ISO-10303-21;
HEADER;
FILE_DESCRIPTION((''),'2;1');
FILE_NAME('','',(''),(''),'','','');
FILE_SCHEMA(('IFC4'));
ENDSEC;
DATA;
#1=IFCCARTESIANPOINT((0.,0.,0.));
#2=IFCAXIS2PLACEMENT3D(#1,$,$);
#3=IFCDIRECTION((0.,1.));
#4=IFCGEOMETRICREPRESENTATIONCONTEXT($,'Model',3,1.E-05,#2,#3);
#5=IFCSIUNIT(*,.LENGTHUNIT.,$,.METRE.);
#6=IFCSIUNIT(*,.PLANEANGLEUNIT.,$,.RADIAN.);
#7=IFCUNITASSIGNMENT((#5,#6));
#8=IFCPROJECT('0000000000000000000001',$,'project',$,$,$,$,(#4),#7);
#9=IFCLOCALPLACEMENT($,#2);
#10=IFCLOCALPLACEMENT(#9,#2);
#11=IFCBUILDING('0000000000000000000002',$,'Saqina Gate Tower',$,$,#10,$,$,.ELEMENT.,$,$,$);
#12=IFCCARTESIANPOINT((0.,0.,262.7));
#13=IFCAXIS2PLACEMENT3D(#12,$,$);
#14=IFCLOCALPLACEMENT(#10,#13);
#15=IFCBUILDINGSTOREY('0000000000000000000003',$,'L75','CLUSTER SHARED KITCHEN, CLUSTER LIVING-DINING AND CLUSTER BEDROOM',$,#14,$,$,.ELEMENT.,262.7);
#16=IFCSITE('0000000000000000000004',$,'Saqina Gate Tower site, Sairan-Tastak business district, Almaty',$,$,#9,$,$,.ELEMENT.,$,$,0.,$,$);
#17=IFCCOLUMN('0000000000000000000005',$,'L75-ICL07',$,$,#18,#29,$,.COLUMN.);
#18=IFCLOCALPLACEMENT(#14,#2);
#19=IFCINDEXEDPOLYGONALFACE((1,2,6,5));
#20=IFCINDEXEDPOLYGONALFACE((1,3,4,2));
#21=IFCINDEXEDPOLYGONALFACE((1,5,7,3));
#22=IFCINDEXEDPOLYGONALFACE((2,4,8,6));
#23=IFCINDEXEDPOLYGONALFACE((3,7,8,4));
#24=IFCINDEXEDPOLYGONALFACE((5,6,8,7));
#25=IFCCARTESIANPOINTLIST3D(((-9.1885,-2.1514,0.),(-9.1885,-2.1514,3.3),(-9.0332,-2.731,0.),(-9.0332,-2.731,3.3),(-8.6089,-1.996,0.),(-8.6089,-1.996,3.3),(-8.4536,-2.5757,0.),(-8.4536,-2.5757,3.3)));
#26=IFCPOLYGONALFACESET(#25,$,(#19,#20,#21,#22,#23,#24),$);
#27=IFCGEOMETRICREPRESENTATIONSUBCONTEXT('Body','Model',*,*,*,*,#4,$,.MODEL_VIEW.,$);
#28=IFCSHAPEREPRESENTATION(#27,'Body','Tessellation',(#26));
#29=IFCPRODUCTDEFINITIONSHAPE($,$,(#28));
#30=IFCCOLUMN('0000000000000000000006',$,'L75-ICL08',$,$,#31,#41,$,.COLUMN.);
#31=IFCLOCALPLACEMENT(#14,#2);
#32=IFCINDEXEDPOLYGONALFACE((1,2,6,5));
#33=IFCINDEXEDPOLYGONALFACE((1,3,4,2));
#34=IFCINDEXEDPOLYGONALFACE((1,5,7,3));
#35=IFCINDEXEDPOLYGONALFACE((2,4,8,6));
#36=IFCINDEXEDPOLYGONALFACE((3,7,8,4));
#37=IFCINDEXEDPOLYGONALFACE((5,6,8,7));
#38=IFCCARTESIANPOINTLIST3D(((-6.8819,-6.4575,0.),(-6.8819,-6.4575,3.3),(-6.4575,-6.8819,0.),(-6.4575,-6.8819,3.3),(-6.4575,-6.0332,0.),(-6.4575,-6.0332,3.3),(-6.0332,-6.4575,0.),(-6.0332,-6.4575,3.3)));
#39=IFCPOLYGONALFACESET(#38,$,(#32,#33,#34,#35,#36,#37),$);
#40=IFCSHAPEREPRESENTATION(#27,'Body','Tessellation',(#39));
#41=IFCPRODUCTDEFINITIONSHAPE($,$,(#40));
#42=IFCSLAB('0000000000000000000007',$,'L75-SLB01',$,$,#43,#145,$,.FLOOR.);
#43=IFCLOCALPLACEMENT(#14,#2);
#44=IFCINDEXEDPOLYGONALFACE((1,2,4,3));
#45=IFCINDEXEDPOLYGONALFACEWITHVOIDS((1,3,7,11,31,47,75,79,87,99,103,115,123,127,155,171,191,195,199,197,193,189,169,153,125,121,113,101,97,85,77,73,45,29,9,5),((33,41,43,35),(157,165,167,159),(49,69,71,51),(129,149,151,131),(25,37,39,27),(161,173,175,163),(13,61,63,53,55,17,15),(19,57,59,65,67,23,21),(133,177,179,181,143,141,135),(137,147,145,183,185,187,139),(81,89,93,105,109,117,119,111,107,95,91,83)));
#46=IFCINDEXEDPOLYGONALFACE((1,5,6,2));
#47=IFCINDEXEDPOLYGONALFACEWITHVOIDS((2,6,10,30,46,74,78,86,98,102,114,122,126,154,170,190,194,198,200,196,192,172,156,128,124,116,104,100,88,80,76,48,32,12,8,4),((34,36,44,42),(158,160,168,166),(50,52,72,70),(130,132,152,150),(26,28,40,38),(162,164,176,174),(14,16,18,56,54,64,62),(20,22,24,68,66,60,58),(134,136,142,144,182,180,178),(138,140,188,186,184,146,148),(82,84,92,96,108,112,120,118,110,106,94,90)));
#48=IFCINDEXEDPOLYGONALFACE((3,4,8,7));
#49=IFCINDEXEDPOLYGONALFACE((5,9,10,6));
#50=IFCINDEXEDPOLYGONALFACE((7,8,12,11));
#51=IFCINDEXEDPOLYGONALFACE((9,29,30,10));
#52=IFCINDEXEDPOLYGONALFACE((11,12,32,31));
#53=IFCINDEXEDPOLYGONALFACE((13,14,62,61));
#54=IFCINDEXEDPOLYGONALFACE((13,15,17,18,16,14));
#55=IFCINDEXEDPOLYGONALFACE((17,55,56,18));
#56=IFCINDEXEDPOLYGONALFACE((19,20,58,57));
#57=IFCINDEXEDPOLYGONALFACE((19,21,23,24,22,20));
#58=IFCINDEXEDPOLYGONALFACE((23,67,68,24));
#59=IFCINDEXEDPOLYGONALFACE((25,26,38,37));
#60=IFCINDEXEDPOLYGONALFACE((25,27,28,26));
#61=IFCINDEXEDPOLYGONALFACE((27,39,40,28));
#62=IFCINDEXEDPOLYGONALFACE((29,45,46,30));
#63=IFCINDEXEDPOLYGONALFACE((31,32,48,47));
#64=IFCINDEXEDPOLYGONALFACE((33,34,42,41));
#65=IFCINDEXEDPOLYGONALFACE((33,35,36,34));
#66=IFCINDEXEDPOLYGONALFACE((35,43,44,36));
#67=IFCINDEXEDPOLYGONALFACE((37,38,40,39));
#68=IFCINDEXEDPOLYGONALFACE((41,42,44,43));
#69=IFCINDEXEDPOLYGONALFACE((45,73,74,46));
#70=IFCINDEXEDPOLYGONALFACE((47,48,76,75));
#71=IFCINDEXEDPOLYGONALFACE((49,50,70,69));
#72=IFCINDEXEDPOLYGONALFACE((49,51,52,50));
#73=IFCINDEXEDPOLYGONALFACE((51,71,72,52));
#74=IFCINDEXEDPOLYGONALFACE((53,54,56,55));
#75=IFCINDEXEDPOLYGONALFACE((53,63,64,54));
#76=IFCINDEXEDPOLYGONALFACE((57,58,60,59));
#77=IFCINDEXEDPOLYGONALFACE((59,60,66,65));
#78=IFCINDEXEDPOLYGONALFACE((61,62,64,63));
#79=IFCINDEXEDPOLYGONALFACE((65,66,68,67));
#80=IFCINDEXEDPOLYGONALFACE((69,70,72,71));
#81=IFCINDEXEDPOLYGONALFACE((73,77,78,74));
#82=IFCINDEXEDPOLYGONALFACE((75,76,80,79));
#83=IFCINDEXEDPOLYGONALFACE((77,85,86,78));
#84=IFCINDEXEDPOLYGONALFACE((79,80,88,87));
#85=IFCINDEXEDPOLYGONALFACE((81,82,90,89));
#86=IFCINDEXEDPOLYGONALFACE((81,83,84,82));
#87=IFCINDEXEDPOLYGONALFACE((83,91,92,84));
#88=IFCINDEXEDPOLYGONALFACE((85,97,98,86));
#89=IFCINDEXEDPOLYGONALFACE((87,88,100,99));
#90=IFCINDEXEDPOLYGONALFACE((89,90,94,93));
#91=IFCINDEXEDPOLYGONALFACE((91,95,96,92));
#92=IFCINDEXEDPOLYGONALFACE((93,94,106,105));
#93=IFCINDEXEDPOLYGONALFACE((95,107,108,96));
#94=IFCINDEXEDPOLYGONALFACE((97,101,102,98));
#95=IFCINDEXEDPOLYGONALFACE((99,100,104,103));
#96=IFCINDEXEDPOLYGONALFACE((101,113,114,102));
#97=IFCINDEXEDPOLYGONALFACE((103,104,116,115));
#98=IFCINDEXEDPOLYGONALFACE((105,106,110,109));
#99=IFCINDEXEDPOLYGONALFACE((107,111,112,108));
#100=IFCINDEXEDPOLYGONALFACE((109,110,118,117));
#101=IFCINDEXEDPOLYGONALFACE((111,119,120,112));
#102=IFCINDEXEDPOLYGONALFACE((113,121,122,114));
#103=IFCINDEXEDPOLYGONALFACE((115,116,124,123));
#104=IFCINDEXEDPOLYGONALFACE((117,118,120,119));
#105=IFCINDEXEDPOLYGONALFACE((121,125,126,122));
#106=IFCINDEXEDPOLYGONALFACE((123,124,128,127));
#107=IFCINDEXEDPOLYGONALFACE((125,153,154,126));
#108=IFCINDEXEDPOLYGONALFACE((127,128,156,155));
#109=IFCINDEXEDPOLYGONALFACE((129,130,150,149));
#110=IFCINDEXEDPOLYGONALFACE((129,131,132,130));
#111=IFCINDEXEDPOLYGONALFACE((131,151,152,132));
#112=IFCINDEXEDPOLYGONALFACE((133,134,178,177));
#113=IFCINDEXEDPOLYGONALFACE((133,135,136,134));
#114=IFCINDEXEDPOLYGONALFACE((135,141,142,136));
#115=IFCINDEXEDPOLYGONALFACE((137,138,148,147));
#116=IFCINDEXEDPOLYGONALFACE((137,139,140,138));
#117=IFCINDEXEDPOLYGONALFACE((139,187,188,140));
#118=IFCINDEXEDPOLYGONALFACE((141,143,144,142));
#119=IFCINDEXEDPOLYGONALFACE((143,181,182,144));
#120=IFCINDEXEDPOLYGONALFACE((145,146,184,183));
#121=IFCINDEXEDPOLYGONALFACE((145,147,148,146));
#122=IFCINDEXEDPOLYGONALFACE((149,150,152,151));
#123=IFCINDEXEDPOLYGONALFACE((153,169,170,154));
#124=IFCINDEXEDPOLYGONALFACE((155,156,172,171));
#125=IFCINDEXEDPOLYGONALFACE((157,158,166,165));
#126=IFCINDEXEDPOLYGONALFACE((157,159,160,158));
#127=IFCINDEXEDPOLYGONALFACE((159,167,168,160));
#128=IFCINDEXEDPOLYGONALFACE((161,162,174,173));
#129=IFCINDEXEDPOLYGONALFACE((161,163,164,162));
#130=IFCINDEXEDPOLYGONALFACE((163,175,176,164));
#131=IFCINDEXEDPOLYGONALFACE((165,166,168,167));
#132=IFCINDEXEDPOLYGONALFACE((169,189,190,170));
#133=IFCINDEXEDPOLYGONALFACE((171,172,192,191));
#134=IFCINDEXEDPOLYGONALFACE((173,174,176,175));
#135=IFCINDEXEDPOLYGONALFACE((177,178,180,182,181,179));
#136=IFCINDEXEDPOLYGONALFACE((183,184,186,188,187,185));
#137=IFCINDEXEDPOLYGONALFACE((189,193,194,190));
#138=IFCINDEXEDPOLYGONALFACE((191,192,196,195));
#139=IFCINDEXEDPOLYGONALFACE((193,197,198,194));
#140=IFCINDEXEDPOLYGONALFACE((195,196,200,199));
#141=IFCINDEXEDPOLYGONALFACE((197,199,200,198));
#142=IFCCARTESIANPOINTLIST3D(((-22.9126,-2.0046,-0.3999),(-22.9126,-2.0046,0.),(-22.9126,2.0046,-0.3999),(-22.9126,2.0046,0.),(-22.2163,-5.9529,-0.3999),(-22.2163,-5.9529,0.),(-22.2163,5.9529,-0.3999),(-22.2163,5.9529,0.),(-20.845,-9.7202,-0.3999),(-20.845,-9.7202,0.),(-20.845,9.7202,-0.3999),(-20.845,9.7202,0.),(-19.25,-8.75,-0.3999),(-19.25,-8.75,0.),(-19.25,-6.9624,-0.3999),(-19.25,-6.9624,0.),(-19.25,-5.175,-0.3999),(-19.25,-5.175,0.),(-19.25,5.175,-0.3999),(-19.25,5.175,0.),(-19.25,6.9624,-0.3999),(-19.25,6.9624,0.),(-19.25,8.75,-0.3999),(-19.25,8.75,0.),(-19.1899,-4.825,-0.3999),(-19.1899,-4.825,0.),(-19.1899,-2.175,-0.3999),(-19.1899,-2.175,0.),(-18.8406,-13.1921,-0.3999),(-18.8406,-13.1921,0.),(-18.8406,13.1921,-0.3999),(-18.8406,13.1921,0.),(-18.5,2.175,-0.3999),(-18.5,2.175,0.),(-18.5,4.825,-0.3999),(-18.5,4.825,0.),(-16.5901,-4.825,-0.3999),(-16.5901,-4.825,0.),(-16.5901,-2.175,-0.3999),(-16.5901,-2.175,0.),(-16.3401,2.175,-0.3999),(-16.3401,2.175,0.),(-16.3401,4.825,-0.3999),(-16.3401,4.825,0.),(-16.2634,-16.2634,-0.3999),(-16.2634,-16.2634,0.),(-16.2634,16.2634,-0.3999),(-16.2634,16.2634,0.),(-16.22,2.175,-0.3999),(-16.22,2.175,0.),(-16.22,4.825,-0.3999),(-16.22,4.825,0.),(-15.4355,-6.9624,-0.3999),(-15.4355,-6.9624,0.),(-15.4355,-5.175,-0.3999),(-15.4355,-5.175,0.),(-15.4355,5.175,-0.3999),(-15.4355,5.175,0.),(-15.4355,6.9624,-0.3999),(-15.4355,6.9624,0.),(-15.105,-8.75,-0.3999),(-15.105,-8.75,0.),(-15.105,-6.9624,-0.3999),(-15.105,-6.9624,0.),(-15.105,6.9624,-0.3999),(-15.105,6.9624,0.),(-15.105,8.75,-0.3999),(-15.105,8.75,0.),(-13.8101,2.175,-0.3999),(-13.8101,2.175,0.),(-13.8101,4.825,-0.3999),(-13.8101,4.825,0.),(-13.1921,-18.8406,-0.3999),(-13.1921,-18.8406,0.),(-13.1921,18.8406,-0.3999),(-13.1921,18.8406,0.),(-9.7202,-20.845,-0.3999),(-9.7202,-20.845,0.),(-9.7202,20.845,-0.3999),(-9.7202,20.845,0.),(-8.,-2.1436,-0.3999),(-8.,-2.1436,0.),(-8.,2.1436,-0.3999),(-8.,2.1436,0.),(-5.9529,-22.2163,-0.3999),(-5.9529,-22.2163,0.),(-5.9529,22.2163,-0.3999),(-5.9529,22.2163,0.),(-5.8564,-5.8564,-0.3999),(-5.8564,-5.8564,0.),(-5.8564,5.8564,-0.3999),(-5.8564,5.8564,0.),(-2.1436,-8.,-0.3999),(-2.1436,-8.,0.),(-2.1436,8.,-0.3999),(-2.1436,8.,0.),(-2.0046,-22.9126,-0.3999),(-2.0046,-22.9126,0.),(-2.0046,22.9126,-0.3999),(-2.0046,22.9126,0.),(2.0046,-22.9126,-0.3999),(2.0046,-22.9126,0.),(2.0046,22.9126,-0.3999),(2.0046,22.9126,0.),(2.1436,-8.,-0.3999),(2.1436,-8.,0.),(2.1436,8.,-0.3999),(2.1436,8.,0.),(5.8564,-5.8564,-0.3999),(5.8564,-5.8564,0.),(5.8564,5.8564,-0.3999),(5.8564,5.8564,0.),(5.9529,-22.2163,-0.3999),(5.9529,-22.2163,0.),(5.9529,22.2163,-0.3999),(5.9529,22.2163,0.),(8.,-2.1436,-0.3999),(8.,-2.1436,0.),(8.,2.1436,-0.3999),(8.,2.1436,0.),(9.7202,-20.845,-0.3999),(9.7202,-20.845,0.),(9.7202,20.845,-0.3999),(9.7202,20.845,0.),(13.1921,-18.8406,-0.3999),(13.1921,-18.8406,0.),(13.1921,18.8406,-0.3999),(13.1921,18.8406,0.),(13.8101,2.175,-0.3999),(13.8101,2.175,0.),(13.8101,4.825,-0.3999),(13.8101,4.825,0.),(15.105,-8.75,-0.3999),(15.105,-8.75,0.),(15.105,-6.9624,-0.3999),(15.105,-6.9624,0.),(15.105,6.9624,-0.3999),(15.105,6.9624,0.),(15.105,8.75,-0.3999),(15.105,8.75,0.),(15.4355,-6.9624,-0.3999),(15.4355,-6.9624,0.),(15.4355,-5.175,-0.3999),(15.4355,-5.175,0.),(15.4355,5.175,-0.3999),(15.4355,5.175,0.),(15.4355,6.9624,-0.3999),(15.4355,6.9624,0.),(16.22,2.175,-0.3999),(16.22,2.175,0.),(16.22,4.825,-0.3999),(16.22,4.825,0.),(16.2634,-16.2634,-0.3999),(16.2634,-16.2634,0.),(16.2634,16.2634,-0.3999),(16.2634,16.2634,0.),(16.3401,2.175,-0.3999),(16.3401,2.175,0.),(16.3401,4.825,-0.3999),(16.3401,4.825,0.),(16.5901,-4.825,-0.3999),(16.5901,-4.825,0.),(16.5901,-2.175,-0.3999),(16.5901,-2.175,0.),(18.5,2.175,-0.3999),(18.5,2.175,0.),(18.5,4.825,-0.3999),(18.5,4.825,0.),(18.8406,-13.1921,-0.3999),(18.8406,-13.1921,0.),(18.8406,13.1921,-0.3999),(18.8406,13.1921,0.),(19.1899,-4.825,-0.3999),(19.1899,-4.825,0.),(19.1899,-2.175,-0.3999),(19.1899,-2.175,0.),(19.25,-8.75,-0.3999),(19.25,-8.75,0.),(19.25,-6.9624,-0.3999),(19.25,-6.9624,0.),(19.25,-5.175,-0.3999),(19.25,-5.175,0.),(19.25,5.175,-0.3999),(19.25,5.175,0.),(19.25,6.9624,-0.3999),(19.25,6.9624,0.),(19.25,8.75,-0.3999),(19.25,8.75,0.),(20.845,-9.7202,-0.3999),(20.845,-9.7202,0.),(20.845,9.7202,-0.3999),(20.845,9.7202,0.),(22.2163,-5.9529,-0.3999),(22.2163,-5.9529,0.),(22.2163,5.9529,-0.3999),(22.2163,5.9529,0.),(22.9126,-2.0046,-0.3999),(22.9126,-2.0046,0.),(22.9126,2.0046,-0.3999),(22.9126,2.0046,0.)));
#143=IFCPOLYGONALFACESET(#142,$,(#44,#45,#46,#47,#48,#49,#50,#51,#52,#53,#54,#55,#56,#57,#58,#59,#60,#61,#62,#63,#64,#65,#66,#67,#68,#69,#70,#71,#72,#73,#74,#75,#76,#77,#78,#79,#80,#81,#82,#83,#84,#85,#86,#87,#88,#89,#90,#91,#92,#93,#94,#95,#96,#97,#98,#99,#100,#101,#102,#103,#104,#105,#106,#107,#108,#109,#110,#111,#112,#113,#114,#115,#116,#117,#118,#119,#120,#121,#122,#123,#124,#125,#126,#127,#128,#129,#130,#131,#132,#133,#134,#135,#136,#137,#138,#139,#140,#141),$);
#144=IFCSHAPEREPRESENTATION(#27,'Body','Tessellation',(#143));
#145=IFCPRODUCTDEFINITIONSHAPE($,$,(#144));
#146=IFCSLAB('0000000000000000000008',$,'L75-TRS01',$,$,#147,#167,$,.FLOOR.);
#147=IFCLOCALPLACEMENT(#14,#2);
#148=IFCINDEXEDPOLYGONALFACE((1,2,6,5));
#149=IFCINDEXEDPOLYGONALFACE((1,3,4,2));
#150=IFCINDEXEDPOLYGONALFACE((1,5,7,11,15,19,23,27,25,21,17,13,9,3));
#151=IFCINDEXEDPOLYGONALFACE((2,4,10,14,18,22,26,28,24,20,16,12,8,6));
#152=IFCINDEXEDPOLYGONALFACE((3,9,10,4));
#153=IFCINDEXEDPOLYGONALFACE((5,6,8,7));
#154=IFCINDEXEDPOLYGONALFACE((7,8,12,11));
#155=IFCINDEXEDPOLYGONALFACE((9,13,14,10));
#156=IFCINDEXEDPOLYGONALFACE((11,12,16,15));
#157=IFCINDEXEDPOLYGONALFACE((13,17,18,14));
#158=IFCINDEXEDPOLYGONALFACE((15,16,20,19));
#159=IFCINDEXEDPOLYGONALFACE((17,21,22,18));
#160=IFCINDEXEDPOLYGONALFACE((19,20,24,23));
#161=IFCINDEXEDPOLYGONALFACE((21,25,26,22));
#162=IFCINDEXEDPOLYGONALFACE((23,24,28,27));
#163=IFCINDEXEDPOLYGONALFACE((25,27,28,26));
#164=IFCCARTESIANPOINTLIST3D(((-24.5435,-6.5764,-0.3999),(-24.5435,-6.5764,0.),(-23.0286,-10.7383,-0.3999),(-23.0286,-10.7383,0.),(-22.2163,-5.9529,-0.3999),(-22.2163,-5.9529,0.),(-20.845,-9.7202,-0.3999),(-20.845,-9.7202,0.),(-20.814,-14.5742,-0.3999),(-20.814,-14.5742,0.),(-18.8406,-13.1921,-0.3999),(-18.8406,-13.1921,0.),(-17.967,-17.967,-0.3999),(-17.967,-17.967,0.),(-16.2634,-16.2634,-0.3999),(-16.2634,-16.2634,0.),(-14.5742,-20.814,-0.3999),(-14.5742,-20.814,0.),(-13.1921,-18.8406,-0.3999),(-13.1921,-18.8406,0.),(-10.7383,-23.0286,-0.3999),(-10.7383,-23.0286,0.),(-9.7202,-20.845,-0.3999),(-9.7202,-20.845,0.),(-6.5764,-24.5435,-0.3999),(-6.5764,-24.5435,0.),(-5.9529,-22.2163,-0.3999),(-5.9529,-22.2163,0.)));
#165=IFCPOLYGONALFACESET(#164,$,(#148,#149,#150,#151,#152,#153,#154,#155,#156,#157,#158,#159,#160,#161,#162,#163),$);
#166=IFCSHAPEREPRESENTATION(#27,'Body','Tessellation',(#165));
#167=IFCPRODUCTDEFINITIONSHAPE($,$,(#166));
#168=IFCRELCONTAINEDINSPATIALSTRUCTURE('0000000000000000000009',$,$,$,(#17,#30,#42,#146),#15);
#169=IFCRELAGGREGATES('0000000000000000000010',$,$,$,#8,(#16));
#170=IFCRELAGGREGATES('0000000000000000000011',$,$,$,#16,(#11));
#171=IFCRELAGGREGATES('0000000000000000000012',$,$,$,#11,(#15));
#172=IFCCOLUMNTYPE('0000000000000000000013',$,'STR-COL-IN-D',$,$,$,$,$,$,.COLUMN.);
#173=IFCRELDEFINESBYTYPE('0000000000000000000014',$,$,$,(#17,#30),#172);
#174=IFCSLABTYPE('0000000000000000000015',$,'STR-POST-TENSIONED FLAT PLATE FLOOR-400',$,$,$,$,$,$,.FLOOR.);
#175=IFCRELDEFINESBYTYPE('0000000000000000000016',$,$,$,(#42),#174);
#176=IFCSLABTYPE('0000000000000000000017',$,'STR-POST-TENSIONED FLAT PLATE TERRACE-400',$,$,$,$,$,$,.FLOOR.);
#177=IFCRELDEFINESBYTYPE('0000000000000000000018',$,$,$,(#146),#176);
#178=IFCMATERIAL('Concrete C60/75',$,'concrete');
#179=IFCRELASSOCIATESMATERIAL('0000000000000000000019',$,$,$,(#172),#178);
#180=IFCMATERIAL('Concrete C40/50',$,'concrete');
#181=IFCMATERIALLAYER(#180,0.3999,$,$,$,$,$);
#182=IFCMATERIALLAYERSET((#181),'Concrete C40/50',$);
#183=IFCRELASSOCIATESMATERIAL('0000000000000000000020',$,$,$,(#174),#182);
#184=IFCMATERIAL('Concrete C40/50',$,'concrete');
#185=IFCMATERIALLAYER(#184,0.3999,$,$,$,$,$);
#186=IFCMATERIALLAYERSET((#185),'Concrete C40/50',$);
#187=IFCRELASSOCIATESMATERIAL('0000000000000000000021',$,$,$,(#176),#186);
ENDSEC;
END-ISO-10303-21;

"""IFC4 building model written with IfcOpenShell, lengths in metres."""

from ifc_helpers import new_model, si_unit, direction, frame, origin, origin_2d, place, context, subcontext, project, spatial, polyline, rectangle, outline, extrude, material, layer, layer_set, material_profile, profile_set, type_object, element, save


model = new_model("IFC4")

# Units and contexts
model_context = context("Model", 3, precision=1e-05, world=origin(), true_north=direction((0.0, 1.0)))
body_context = subcontext(model_context, "Body", "Model", "MODEL_VIEW")
ifc_project = project(units=[si_unit("LENGTHUNIT", "METRE"), si_unit("PLANEANGLEUNIT", "RADIAN")], contexts=[model_context])

# Site, building, storey
site_placement = place(None, origin())
site = spatial("IfcSite", under=ifc_project, at=site_placement, Name="Saqina Gate Tower site, Sairan-Tastak business district, Almaty", CompositionType="ELEMENT", RefElevation=0.0)
building_placement = place(site_placement, origin())
building = spatial("IfcBuilding", under=site, at=building_placement, Name="Saqina Gate Tower", CompositionType="ELEMENT")
storey_placement = place(building_placement, frame((0.0, 0.0, 262.7)))
storey = spatial("IfcBuildingStorey", under=building, at=storey_placement, Name="L75", Description="CLUSTER SHARED KITCHEN, CLUSTER LIVING-DINING AND CLUSTER BEDROOM", CompositionType="ELEMENT", Elevation=262.7)

# Columns
ifc_material_1 = material(Name="Concrete C60/75", Category="concrete")
ifc_material_profile = material_profile(ifc_material_1, rectangle(XDim=0.6001, YDim=0.6001, at=origin_2d()), Name="RC 600x600")
ifc_profile_set = profile_set([ifc_material_profile], Name="Concrete C60/75")
column_type = type_object("IfcColumnType", Name="STR-COL-IN-D", PredefinedType="COLUMN", material=ifc_profile_set)
for number, where, z_axis, x_axis, name in (
    (1, (-8.821, -2.3635, 0.0), (0.0, 0.0, 1.0), (-0.965926, -0.258819, 0.0), "L75-ICL07"),
    (2, (-6.4575, -6.4575, 0.0), (0.0, 0.0, 1.0), (-0.707107, -0.707107, 0.0), "L75-ICL08"),
):
    element("IfcColumn", number, at=place(storey_placement, frame(where, z_axis=z_axis, x_axis=x_axis)), inside=storey, type_object=column_type, Name=name, PredefinedType="COLUMN", context=body_context, shape_type="SweptSolid", body=[
        extrude(rectangle(XDim=0.6001, YDim=0.6001, at=origin_2d()), origin(), (0.0, 0.0, 1.0), 3.3),
    ])

# Slabs
ifc_material_2 = material(Name="Concrete C40/50", Category="concrete")
ifc_layer_1 = layer(ifc_material_2, 0.3999)
ifc_layer_set_1 = layer_set([ifc_layer_1], Name="Concrete C40/50")
slab_type_1 = type_object("IfcSlabType", Name="STR-POST-TENSIONED FLAT PLATE FLOOR-400", PredefinedType="FLOOR", material=ifc_layer_set_1)
slab_1_placement = place(storey_placement, frame((0.0, 0.0, -0.3999)))
element("IfcSlab", 3, at=slab_1_placement, inside=storey, type_object=slab_type_1, Name="L75-SLB01", PredefinedType="FLOOR", context=body_context, shape_type="SweptSolid", body=[
    extrude(outline(polyline([(22.2163, -5.9529), (22.9126, -2.0046), (22.9126, 2.0046), (22.2163, 5.9529), (20.845, 9.7202), (18.8406, 13.1921), (16.2634, 16.2634), (13.1921, 18.8406), (9.7202, 20.845), (5.9529, 22.2163), (2.0046, 22.9126), (-2.0046, 22.9126), (-5.9529, 22.2163), (-9.7202, 20.845), (-13.1921, 18.8406), (-16.2634, 16.2634), (-18.8406, 13.1921), (-20.845, 9.7202), (-22.2163, 5.9529), (-22.9126, 2.0046), (-22.9126, -2.0046), (-22.2163, -5.9529), (-20.845, -9.7202), (-18.8406, -13.1921), (-16.2634, -16.2634), (-13.1921, -18.8406), (-9.7202, -20.845), (-5.9529, -22.2163), (-2.0046, -22.9126), (2.0046, -22.9126), (5.9529, -22.2163), (9.7202, -20.845), (13.1921, -18.8406), (16.2634, -16.2634), (18.8406, -13.1921), (20.845, -9.7202), (22.2163, -5.9529)]), holes=[polyline([(2.1436, 8.0), (5.8564, 5.8564), (8.0, 2.1436), (8.0, -2.1436), (5.8564, -5.8564), (2.1436, -8.0), (-2.1436, -8.0), (-5.8564, -5.8564), (-8.0, -2.1436), (-8.0, 2.1436), (-5.8564, 5.8564), (-2.1436, 8.0), (2.1436, 8.0)]), polyline([(-15.105, -8.75), (-19.25, -8.75), (-19.25, -6.9624), (-19.25, -5.175), (-15.4355, -5.175), (-15.4355, -6.9624), (-15.105, -6.9624), (-15.105, -8.75)]), polyline([(-16.5901, -2.175), (-16.5901, -4.825), (-19.1899, -4.825), (-19.1899, -2.175), (-16.5901, -2.175)]), polyline([(-16.3401, 4.825), (-16.3401, 2.175), (-18.5, 2.175), (-18.5, 4.825), (-16.3401, 4.825)]), polyline([(-13.8101, 4.825), (-13.8101, 2.175), (-16.22, 2.175), (-16.22, 4.825), (-13.8101, 4.825)]), polyline([(-19.25, 6.9624), (-19.25, 8.75), (-15.105, 8.75), (-15.105, 6.9624), (-15.4355, 6.9624), (-15.4355, 5.175), (-19.25, 5.175), (-19.25, 6.9624)]), polyline([(15.105, -8.75), (15.105, -6.9624), (15.4355, -6.9624), (15.4355, -5.175), (19.25, -5.175), (19.25, -6.9624), (19.25, -8.75), (15.105, -8.75)]), polyline([(19.1899, -2.175), (19.1899, -4.825), (16.5901, -4.825), (16.5901, -2.175), (19.1899, -2.175)]), polyline([(16.22, 4.825), (16.22, 2.175), (13.8101, 2.175), (13.8101, 4.825), (16.22, 4.825)]), polyline([(18.5, 4.825), (18.5, 2.175), (16.3401, 2.175), (16.3401, 4.825), (18.5, 4.825)]), polyline([(15.4355, 6.9624), (15.105, 6.9624), (15.105, 8.75), (19.25, 8.75), (19.25, 6.9624), (19.25, 5.175), (15.4355, 5.175), (15.4355, 6.9624)])]), origin(), (0.0, 0.0, 1.0), 0.3999),
])
ifc_material_3 = material(Name="Concrete C40/50", Category="concrete")
ifc_layer_2 = layer(ifc_material_3, 0.3999)
ifc_layer_set_2 = layer_set([ifc_layer_2], Name="Concrete C40/50")
slab_type_2 = type_object("IfcSlabType", Name="STR-POST-TENSIONED FLAT PLATE TERRACE-400", PredefinedType="FLOOR", material=ifc_layer_set_2)
slab_2_placement = place(storey_placement, frame((0.0, 0.0, -0.3999)))
element("IfcSlab", 4, at=slab_2_placement, inside=storey, type_object=slab_type_2, Name="L75-TRS01", PredefinedType="FLOOR", context=body_context, shape_type="SweptSolid", body=[
    extrude(outline(polyline([(-22.2163, -5.9529), (-20.845, -9.7202), (-18.8406, -13.1921), (-16.2634, -16.2634), (-13.1921, -18.8406), (-9.7202, -20.845), (-5.9529, -22.2163), (-6.5764, -24.5435), (-10.7383, -23.0286), (-14.5742, -20.814), (-17.967, -17.967), (-20.814, -14.5742), (-23.0286, -10.7383), (-24.5435, -6.5764), (-22.2163, -5.9529)])), origin(), (0.0, 0.0, 1.0), 0.3999),
])

save(model, "model.ifc")
